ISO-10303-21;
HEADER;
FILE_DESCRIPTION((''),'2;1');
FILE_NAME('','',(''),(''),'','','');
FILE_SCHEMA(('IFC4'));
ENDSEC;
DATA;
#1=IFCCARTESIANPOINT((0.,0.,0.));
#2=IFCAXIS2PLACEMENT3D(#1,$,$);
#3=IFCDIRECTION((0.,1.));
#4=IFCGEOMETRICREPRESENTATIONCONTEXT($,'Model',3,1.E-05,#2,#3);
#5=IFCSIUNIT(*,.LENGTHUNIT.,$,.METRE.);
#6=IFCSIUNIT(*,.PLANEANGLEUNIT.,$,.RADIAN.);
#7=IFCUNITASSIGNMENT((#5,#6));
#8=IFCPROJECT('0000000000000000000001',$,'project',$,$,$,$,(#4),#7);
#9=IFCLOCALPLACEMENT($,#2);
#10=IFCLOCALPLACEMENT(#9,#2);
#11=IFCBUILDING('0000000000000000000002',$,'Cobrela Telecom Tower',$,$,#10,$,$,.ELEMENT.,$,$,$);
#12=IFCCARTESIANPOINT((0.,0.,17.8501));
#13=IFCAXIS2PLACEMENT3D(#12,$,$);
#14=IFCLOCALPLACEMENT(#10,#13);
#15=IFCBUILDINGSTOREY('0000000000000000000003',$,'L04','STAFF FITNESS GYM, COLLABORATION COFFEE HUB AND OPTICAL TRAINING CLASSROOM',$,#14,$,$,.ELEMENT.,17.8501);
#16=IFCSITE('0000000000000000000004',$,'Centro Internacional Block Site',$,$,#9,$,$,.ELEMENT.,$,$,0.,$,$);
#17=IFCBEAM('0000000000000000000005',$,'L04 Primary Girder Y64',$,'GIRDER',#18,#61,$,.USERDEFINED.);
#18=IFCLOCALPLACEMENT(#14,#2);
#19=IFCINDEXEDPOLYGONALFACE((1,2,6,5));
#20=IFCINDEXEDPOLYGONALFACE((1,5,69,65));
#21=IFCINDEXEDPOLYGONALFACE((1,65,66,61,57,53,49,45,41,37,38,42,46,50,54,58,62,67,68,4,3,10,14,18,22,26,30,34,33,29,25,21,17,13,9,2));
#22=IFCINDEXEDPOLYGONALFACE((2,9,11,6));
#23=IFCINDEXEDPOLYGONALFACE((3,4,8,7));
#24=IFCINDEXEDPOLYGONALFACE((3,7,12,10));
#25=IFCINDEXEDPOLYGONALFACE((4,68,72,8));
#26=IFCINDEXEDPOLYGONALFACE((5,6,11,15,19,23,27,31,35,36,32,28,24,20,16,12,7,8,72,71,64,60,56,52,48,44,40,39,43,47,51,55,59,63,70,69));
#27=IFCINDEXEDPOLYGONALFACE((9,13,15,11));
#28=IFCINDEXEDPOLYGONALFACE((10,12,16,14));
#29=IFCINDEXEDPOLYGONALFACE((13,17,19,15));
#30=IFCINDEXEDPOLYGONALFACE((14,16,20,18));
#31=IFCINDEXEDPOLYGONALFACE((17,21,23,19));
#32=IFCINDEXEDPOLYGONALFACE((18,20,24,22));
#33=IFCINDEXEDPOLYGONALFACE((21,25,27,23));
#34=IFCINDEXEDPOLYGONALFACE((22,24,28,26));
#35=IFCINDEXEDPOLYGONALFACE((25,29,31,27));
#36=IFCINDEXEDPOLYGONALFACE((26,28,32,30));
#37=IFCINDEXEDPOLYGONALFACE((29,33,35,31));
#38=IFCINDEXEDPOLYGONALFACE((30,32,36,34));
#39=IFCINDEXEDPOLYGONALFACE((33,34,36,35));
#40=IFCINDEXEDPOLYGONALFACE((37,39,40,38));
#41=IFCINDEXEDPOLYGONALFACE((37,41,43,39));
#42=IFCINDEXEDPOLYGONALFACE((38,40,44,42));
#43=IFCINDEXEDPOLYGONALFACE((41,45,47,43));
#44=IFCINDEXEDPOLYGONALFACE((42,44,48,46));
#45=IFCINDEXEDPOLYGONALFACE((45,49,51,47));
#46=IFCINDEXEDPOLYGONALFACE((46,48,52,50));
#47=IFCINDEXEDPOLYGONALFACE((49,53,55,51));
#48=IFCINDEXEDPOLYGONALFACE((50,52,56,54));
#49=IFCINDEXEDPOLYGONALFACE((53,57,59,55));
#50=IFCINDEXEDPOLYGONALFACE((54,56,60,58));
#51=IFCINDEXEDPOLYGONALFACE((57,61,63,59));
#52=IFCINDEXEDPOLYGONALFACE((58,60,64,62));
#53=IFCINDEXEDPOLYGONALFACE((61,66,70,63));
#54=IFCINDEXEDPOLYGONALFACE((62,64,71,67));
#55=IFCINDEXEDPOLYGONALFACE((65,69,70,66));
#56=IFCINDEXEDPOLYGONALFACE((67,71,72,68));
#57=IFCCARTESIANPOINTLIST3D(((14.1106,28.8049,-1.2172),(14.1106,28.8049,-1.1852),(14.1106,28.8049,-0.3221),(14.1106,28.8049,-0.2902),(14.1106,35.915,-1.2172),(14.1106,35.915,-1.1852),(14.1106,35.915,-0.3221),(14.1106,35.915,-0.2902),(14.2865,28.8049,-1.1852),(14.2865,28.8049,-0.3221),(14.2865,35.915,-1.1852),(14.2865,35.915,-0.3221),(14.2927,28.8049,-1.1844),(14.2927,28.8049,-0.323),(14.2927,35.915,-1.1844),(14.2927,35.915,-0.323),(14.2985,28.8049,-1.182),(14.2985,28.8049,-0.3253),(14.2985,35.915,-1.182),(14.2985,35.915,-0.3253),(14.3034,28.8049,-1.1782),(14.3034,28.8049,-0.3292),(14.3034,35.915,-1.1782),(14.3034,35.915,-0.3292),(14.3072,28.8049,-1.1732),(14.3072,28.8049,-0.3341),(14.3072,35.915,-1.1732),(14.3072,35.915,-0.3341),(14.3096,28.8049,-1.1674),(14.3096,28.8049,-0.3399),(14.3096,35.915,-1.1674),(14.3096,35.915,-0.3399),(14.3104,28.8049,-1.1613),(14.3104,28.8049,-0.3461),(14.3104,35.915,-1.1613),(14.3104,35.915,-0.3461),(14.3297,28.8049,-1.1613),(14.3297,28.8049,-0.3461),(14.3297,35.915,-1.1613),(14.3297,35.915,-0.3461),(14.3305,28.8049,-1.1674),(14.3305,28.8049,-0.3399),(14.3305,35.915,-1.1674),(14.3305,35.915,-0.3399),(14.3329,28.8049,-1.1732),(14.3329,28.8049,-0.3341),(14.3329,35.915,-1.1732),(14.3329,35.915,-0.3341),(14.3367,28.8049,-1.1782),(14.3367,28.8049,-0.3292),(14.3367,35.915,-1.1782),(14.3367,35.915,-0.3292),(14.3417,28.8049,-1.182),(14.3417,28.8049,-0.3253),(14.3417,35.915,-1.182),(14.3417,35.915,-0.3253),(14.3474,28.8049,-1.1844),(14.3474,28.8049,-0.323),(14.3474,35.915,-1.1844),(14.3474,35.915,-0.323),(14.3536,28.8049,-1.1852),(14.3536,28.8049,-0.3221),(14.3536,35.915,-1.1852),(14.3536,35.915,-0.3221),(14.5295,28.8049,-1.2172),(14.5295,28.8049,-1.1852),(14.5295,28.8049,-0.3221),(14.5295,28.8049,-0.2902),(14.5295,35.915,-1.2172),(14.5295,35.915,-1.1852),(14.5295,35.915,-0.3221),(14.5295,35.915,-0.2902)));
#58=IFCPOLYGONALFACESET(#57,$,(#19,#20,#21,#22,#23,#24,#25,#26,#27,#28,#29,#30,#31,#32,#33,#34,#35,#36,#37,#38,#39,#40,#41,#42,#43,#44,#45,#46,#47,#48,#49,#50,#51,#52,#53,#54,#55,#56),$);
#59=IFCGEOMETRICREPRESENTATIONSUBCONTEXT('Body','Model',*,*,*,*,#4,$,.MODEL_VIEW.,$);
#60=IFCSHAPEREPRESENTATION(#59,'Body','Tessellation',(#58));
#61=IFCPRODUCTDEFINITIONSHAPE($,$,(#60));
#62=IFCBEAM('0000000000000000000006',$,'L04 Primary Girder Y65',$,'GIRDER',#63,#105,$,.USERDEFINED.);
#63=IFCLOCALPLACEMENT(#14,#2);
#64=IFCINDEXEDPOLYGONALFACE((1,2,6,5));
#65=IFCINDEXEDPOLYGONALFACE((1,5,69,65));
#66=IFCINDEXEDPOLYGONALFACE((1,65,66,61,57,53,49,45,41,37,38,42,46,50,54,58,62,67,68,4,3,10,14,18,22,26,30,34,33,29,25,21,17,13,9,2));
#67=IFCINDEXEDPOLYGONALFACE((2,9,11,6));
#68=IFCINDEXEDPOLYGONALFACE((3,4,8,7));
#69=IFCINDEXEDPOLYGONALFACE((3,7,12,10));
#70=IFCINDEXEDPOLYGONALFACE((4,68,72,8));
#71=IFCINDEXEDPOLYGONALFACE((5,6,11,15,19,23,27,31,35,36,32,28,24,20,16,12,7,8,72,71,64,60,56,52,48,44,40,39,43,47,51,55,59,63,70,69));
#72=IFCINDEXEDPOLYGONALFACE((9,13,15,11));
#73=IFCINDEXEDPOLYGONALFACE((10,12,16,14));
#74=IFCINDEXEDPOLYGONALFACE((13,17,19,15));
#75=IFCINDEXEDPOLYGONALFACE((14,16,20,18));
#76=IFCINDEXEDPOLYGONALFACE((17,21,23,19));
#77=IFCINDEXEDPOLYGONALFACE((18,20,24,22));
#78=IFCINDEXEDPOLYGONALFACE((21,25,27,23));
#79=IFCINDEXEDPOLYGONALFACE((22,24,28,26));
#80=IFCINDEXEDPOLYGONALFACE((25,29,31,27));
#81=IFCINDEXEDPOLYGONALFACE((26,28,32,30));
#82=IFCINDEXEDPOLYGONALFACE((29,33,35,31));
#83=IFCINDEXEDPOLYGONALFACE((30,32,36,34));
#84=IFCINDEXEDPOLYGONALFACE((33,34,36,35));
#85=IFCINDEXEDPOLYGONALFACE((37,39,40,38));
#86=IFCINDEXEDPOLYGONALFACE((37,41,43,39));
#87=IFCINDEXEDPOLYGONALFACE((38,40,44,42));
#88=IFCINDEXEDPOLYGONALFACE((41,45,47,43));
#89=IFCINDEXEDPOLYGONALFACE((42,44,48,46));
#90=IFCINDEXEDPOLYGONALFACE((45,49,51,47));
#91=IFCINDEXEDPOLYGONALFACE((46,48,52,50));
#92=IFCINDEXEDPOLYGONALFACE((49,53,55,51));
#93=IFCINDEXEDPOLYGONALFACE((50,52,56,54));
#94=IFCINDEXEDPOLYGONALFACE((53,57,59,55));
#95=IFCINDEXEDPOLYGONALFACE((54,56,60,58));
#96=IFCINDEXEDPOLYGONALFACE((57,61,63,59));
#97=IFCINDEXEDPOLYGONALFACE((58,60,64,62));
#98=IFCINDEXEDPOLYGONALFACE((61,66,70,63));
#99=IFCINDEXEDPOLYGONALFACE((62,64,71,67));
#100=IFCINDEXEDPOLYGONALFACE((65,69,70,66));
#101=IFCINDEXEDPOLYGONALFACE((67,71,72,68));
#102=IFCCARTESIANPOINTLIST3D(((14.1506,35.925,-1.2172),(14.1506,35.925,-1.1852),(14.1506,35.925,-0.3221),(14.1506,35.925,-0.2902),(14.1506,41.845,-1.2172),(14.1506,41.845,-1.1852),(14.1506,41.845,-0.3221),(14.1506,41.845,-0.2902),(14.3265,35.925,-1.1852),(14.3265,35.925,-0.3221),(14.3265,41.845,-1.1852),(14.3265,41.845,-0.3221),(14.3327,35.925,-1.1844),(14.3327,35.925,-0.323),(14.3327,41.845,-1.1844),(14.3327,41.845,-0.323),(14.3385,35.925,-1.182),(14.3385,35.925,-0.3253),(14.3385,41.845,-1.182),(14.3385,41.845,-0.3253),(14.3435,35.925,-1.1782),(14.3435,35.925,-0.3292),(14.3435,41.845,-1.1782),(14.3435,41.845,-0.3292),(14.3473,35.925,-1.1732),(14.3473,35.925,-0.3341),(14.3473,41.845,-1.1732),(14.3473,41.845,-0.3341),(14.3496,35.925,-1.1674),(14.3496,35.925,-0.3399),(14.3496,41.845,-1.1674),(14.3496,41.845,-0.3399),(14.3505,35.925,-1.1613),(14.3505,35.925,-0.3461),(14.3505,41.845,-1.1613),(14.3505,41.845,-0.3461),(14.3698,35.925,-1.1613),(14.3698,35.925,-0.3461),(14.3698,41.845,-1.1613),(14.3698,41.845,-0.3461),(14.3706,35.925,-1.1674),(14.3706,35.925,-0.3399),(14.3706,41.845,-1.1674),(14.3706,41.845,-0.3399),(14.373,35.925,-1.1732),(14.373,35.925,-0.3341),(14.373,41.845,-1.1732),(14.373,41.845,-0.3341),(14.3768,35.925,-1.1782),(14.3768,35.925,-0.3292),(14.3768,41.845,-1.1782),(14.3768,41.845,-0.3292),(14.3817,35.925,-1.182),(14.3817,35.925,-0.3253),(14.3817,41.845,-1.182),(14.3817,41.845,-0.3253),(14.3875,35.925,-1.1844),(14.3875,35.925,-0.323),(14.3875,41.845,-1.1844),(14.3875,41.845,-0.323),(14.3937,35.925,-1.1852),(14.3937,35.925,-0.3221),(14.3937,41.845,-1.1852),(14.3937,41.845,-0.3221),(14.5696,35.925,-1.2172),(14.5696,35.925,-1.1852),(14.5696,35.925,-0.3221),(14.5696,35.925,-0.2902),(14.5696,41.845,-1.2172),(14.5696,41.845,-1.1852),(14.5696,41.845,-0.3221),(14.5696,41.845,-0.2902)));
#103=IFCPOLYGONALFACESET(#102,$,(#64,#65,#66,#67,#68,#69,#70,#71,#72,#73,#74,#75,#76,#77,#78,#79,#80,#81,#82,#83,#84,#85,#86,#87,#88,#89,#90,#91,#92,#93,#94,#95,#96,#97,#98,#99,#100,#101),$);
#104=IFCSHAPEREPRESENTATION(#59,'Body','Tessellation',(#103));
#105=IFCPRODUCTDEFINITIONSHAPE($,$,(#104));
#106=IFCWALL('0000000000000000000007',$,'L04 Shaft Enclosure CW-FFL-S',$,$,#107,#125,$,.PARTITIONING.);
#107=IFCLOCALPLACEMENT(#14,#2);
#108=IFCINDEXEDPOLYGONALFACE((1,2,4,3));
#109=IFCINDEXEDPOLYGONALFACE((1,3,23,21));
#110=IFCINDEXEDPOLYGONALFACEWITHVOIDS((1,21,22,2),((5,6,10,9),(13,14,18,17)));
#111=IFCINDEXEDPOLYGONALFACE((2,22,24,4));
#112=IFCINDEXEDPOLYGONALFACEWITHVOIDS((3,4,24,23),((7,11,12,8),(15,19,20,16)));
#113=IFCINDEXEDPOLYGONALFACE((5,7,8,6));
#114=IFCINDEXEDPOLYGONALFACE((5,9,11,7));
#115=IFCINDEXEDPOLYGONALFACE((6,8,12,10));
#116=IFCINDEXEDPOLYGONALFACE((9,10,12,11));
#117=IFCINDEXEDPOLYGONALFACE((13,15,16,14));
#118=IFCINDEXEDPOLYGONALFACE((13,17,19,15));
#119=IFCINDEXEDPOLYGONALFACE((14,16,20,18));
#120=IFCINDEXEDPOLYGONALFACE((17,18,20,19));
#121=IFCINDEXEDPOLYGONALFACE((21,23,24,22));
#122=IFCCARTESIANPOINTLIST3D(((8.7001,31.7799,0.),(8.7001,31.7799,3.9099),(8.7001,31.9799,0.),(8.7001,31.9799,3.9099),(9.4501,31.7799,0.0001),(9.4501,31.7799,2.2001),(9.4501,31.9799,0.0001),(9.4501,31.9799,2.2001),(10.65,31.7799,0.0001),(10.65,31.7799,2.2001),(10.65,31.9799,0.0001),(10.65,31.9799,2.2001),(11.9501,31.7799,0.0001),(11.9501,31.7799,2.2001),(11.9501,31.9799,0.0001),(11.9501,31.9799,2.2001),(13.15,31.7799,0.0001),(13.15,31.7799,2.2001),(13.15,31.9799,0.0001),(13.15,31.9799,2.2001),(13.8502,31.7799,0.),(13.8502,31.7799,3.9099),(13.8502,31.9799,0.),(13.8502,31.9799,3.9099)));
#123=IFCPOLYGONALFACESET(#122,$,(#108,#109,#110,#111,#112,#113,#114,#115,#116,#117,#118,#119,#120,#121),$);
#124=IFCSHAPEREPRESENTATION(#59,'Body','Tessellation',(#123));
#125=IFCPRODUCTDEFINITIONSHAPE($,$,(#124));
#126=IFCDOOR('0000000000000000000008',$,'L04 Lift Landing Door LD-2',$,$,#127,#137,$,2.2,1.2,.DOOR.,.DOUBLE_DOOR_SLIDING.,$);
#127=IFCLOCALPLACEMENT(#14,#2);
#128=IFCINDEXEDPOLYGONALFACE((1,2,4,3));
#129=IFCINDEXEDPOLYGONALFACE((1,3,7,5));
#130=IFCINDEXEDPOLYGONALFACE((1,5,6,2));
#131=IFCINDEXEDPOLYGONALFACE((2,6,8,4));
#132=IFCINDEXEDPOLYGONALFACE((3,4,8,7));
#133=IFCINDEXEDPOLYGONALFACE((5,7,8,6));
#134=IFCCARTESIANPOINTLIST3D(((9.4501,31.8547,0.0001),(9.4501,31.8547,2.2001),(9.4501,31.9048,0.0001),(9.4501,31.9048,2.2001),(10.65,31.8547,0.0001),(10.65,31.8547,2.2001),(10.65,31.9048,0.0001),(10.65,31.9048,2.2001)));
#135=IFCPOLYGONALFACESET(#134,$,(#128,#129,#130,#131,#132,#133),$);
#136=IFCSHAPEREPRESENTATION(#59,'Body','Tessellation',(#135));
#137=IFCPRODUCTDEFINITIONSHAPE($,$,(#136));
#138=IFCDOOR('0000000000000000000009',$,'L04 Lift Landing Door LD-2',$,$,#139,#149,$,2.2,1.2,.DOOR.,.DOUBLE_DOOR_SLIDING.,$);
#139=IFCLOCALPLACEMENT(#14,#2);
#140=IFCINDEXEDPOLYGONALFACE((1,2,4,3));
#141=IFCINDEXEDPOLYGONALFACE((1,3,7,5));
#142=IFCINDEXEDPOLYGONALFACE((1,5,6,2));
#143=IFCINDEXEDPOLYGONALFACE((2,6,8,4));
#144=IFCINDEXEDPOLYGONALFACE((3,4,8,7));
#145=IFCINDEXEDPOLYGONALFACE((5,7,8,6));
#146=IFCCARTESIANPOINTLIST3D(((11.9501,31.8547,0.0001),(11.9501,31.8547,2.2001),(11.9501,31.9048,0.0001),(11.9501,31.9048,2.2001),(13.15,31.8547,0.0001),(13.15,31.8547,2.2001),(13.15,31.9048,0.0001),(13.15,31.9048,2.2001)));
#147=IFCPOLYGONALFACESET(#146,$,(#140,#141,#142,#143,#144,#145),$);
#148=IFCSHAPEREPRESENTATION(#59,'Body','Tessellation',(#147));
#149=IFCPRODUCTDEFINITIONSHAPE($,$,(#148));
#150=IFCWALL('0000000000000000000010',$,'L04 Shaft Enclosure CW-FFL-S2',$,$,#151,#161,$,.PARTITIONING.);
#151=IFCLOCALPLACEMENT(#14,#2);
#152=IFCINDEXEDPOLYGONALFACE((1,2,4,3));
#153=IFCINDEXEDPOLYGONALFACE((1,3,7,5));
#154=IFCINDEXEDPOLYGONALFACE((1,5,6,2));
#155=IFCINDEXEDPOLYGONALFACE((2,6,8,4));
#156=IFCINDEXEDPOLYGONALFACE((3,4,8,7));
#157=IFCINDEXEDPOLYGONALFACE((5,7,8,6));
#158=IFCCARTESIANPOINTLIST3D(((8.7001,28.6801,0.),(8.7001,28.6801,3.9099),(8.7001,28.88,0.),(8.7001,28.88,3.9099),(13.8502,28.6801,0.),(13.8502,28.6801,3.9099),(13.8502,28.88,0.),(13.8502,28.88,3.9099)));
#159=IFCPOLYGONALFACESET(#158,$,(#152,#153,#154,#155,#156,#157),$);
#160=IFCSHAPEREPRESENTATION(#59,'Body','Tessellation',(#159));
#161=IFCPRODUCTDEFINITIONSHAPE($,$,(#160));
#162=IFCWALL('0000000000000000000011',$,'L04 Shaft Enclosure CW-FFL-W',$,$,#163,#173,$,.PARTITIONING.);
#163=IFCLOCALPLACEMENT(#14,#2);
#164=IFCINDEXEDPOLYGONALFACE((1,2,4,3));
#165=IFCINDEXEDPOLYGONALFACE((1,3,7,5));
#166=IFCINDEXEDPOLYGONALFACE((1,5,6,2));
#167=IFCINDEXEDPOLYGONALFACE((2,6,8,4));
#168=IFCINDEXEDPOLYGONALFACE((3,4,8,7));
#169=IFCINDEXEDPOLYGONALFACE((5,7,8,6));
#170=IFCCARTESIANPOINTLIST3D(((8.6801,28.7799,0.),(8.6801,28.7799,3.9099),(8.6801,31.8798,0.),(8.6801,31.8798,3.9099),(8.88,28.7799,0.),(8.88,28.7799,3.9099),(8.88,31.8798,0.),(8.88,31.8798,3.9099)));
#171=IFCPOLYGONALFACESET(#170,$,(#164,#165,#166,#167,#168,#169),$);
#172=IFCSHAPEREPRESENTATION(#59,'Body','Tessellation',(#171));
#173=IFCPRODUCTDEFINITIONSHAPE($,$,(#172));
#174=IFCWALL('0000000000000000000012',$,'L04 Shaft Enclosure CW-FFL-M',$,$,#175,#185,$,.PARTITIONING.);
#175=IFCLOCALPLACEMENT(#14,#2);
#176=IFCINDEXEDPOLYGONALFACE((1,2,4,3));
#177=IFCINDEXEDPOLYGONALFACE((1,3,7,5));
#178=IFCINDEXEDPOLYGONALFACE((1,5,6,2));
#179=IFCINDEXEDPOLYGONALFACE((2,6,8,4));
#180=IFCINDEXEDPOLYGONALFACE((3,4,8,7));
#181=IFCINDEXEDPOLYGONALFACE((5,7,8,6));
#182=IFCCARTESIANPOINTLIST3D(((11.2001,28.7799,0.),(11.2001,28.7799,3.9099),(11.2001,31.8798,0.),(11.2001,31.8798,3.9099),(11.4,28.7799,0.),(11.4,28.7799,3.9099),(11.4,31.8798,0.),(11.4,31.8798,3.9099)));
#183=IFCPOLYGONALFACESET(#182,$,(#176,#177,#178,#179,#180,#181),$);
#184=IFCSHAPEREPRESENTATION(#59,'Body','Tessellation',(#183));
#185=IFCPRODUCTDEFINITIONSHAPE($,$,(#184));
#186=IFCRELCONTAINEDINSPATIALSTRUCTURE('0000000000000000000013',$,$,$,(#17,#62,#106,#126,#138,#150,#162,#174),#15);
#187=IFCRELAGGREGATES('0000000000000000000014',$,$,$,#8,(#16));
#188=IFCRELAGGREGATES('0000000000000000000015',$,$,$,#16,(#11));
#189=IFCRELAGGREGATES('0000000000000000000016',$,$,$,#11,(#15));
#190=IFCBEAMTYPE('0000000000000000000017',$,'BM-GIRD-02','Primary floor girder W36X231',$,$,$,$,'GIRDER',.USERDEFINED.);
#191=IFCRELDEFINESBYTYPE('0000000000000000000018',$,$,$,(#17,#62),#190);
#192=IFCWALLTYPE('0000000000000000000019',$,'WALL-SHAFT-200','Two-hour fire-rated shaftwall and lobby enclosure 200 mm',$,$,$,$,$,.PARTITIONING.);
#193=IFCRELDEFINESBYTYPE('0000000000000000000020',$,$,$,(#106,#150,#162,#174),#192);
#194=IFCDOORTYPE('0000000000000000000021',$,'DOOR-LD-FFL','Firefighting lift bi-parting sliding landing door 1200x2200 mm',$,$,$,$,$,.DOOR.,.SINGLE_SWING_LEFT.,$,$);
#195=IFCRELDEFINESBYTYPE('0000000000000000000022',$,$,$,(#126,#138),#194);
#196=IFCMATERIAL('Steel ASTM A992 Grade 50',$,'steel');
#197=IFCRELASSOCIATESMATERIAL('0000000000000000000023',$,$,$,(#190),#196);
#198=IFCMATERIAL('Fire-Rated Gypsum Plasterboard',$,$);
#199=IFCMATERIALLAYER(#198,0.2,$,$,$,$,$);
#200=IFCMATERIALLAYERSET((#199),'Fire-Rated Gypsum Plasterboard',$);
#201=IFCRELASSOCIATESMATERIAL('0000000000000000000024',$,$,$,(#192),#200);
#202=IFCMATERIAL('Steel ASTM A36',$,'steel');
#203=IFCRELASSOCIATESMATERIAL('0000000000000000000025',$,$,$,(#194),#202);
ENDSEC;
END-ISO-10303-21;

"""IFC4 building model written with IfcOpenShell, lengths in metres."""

from ifc_helpers import new_model, si_unit, direction, frame, frame_2d, origin, origin_2d, place, context, subcontext, project, spatial, rectangle, i_section, extrude, material, layer, layer_set, material_profile, profile_set, type_object, element, fill, save


model = new_model("IFC4")

# Units and contexts
model_context = context("Model", 3, precision=1e-05, world=origin(), true_north=direction((0.0, 1.0)))
body_context = subcontext(model_context, "Body", "Model", "MODEL_VIEW")
ifc_project = project(units=[si_unit("LENGTHUNIT", "METRE"), si_unit("PLANEANGLEUNIT", "RADIAN")], contexts=[model_context])

# Site, building, storey
site_placement = place(None, origin())
site = spatial("IfcSite", under=ifc_project, at=site_placement, Name="Centro Internacional Block Site", CompositionType="ELEMENT", RefElevation=0.0)
building_placement = place(site_placement, origin())
building = spatial("IfcBuilding", under=site, at=building_placement, Name="Cobrela Telecom Tower", CompositionType="ELEMENT")
storey_placement = place(building_placement, frame((0.0, 0.0, 17.8501)))
storey = spatial("IfcBuildingStorey", under=building, at=storey_placement, Name="L04", Description="STAFF FITNESS GYM, COLLABORATION COFFEE HUB AND OPTICAL TRAINING CLASSROOM", CompositionType="ELEMENT", Elevation=17.8501)

# Beams
ifc_material_1 = material(Name="Steel ASTM A992 Grade 50", Category="steel")
ifc_material_profile_1 = material_profile(ifc_material_1, i_section(OverallWidth=0.4189, OverallDepth=0.927, WebThickness=0.0193, FlangeThickness=0.032, FilletRadius=0.0239, at=origin_2d()), Name="W36X231")
ifc_profile_set_1 = profile_set([ifc_material_profile_1], Name="Steel ASTM A992 Grade 50")
beam_type_1 = type_object("IfcBeamType", Name="BM-GIRD-02", Description="Primary floor girder W36X231", ElementType="GIRDER", PredefinedType="USERDEFINED", material=ifc_profile_set_1)
beam_1_placement = place(storey_placement, frame((14.3201, 28.8049, -0.7537), z_axis=(0.0, 1.0, 0.0), x_axis=(-1.0, 0.0, 0.0)))
element("IfcBeam", 1, at=beam_1_placement, inside=storey, type_object=beam_type_1, Name="L04 Primary Girder Y64", ObjectType="GIRDER", PredefinedType="USERDEFINED", context=body_context, shape_type="SweptSolid", body=[
    extrude(i_section(OverallWidth=0.4189, OverallDepth=0.927, WebThickness=0.0193, FlangeThickness=0.032, FilletRadius=0.0239, at=origin_2d()), origin(), (0.0, 0.0, 1.0), 7.1101),
])
beam_2_placement = place(storey_placement, frame((14.3601, 35.925, -0.7537), z_axis=(0.0, 1.0, 0.0), x_axis=(-1.0, 0.0, 0.0)))
element("IfcBeam", 2, at=beam_2_placement, inside=storey, type_object=beam_type_1, Name="L04 Primary Girder Y65", ObjectType="GIRDER", PredefinedType="USERDEFINED", context=body_context, shape_type="SweptSolid", body=[
    extrude(i_section(OverallWidth=0.4189, OverallDepth=0.927, WebThickness=0.0193, FlangeThickness=0.032, FilletRadius=0.0239, at=origin_2d()), origin(), (0.0, 0.0, 1.0), 5.9199),
])

# Wall, openings, doors
ifc_material_2 = material(Name="Steel ASTM A36", Category="steel")
ifc_material_3 = material(Name="Fire-Rated Gypsum Plasterboard")
ifc_layer_1 = layer(ifc_material_3, 0.2)
ifc_layer_set_1 = layer_set([ifc_layer_1], Name="Fire-Rated Gypsum Plasterboard")
wall_type_1 = type_object("IfcWallType", Name="WALL-SHAFT-200", Description="Two-hour fire-rated shaftwall and lobby enclosure 200 mm", PredefinedType="PARTITIONING", material=ifc_layer_set_1)
wall_1_placement = place(storey_placement, frame((8.7, 31.8799, 0.0), z_axis=(0.0, 0.0, 1.0), x_axis=(1.0, 0.0, 0.0)))
wall_1 = element("IfcWall", 3, at=wall_1_placement, inside=storey, type_object=wall_type_1, Name="L04 Shaft Enclosure CW-FFL-S", PredefinedType="PARTITIONING", context=body_context, shape_type="SweptSolid", body=[
    extrude(rectangle(XDim=5.1501, YDim=0.2, at=frame_2d((2.5752, 0.0))), origin(), (0.0, 0.0, 1.0), 3.9099),
])
opening_1_placement = place(wall_1_placement, frame((0.75, 0.0, 0.0)))
opening_1 = element("IfcOpeningElement", 4, at=opening_1_placement, cuts=wall_1, PredefinedType="OPENING", context=body_context, shape_type="SweptSolid", body=[
    extrude(rectangle(XDim=1.2, YDim=2.2, at=frame_2d((0.6001, 1.1001))), frame((0.0, 0.1118, 0.0), z_axis=(0.0, -1.0, 0.0), x_axis=(1.0, 0.0, 0.0)), (0.0, 0.0, 1.0), 0.2239),
])
opening_2_placement = place(wall_1_placement, frame((3.25, 0.0, 0.0)))
opening_2 = element("IfcOpeningElement", 5, at=opening_2_placement, cuts=wall_1, PredefinedType="OPENING", context=body_context, shape_type="SweptSolid", body=[
    extrude(rectangle(XDim=1.2, YDim=2.2, at=frame_2d((0.6001, 1.1001))), frame((0.0, 0.1118, 0.0), z_axis=(0.0, -1.0, 0.0), x_axis=(1.0, 0.0, 0.0)), (0.0, 0.0, 1.0), 0.2239),
])
door_type_1 = type_object("IfcDoorType", Name="DOOR-LD-FFL", Description="Firefighting lift bi-parting sliding landing door 1200x2200 mm", OperationType="SINGLE_SWING_LEFT", PredefinedType="DOOR", material=ifc_material_2)
door_1_placement = place(opening_1_placement, origin())
door_1 = element("IfcDoor", 6, at=door_1_placement, inside=storey, type_object=door_type_1, Name="L04 Lift Landing Door LD-2", OperationType="DOUBLE_DOOR_SLIDING", OverallHeight=2.2, OverallWidth=1.2, PredefinedType="DOOR", context=body_context, shape_type="SweptSolid", body=[
    extrude(rectangle(XDim=1.2, YDim=2.2, at=frame_2d((0.6001, 1.1001))), frame((0.0, 0.0249, 0.0), z_axis=(0.0, -1.0, 0.0), x_axis=(1.0, 0.0, 0.0)), (0.0, 0.0, 1.0), 0.05),
])
fill(opening_1, door_1)
door_2_placement = place(opening_2_placement, origin())
door_2 = element("IfcDoor", 7, at=door_2_placement, inside=storey, type_object=door_type_1, Name="L04 Lift Landing Door LD-2", OperationType="DOUBLE_DOOR_SLIDING", OverallHeight=2.2, OverallWidth=1.2, PredefinedType="DOOR", context=body_context, shape_type="SweptSolid", body=[
    extrude(rectangle(XDim=1.2, YDim=2.2, at=frame_2d((0.6001, 1.1001))), frame((0.0, 0.0249, 0.0), z_axis=(0.0, -1.0, 0.0), x_axis=(1.0, 0.0, 0.0)), (0.0, 0.0, 1.0), 0.05),
])
fill(opening_2, door_2)

# Walls
wall_2_placement = place(storey_placement, frame((8.7, 28.78, 0.0), z_axis=(0.0, 0.0, 1.0), x_axis=(1.0, 0.0, 0.0)))
element("IfcWall", 8, at=wall_2_placement, inside=storey, type_object=wall_type_1, Name="L04 Shaft Enclosure CW-FFL-S2", PredefinedType="PARTITIONING", context=body_context, shape_type="SweptSolid", body=[
    extrude(rectangle(XDim=5.1501, YDim=0.2, at=frame_2d((2.5752, 0.0))), origin(), (0.0, 0.0, 1.0), 3.9099),
])
for number, where, z_axis, x_axis, name in (
    (9, (8.78, 28.78, 0.0), (0.0, 0.0, 1.0), (0.0, 1.0, 0.0), "L04 Shaft Enclosure CW-FFL-W"),
    (10, (11.3, 28.78, 0.0), (0.0, 0.0, 1.0), (0.0, 1.0, 0.0), "L04 Shaft Enclosure CW-FFL-M"),
):
    element("IfcWall", number, at=place(storey_placement, frame(where, z_axis=z_axis, x_axis=x_axis)), inside=storey, type_object=wall_type_1, Name=name, PredefinedType="PARTITIONING", context=body_context, shape_type="SweptSolid", body=[
        extrude(rectangle(XDim=3.0999, YDim=0.2, at=frame_2d((1.5498, 0.0))), origin(), (0.0, 0.0, 1.0), 3.9099),
    ])

save(model, "model.ifc")
